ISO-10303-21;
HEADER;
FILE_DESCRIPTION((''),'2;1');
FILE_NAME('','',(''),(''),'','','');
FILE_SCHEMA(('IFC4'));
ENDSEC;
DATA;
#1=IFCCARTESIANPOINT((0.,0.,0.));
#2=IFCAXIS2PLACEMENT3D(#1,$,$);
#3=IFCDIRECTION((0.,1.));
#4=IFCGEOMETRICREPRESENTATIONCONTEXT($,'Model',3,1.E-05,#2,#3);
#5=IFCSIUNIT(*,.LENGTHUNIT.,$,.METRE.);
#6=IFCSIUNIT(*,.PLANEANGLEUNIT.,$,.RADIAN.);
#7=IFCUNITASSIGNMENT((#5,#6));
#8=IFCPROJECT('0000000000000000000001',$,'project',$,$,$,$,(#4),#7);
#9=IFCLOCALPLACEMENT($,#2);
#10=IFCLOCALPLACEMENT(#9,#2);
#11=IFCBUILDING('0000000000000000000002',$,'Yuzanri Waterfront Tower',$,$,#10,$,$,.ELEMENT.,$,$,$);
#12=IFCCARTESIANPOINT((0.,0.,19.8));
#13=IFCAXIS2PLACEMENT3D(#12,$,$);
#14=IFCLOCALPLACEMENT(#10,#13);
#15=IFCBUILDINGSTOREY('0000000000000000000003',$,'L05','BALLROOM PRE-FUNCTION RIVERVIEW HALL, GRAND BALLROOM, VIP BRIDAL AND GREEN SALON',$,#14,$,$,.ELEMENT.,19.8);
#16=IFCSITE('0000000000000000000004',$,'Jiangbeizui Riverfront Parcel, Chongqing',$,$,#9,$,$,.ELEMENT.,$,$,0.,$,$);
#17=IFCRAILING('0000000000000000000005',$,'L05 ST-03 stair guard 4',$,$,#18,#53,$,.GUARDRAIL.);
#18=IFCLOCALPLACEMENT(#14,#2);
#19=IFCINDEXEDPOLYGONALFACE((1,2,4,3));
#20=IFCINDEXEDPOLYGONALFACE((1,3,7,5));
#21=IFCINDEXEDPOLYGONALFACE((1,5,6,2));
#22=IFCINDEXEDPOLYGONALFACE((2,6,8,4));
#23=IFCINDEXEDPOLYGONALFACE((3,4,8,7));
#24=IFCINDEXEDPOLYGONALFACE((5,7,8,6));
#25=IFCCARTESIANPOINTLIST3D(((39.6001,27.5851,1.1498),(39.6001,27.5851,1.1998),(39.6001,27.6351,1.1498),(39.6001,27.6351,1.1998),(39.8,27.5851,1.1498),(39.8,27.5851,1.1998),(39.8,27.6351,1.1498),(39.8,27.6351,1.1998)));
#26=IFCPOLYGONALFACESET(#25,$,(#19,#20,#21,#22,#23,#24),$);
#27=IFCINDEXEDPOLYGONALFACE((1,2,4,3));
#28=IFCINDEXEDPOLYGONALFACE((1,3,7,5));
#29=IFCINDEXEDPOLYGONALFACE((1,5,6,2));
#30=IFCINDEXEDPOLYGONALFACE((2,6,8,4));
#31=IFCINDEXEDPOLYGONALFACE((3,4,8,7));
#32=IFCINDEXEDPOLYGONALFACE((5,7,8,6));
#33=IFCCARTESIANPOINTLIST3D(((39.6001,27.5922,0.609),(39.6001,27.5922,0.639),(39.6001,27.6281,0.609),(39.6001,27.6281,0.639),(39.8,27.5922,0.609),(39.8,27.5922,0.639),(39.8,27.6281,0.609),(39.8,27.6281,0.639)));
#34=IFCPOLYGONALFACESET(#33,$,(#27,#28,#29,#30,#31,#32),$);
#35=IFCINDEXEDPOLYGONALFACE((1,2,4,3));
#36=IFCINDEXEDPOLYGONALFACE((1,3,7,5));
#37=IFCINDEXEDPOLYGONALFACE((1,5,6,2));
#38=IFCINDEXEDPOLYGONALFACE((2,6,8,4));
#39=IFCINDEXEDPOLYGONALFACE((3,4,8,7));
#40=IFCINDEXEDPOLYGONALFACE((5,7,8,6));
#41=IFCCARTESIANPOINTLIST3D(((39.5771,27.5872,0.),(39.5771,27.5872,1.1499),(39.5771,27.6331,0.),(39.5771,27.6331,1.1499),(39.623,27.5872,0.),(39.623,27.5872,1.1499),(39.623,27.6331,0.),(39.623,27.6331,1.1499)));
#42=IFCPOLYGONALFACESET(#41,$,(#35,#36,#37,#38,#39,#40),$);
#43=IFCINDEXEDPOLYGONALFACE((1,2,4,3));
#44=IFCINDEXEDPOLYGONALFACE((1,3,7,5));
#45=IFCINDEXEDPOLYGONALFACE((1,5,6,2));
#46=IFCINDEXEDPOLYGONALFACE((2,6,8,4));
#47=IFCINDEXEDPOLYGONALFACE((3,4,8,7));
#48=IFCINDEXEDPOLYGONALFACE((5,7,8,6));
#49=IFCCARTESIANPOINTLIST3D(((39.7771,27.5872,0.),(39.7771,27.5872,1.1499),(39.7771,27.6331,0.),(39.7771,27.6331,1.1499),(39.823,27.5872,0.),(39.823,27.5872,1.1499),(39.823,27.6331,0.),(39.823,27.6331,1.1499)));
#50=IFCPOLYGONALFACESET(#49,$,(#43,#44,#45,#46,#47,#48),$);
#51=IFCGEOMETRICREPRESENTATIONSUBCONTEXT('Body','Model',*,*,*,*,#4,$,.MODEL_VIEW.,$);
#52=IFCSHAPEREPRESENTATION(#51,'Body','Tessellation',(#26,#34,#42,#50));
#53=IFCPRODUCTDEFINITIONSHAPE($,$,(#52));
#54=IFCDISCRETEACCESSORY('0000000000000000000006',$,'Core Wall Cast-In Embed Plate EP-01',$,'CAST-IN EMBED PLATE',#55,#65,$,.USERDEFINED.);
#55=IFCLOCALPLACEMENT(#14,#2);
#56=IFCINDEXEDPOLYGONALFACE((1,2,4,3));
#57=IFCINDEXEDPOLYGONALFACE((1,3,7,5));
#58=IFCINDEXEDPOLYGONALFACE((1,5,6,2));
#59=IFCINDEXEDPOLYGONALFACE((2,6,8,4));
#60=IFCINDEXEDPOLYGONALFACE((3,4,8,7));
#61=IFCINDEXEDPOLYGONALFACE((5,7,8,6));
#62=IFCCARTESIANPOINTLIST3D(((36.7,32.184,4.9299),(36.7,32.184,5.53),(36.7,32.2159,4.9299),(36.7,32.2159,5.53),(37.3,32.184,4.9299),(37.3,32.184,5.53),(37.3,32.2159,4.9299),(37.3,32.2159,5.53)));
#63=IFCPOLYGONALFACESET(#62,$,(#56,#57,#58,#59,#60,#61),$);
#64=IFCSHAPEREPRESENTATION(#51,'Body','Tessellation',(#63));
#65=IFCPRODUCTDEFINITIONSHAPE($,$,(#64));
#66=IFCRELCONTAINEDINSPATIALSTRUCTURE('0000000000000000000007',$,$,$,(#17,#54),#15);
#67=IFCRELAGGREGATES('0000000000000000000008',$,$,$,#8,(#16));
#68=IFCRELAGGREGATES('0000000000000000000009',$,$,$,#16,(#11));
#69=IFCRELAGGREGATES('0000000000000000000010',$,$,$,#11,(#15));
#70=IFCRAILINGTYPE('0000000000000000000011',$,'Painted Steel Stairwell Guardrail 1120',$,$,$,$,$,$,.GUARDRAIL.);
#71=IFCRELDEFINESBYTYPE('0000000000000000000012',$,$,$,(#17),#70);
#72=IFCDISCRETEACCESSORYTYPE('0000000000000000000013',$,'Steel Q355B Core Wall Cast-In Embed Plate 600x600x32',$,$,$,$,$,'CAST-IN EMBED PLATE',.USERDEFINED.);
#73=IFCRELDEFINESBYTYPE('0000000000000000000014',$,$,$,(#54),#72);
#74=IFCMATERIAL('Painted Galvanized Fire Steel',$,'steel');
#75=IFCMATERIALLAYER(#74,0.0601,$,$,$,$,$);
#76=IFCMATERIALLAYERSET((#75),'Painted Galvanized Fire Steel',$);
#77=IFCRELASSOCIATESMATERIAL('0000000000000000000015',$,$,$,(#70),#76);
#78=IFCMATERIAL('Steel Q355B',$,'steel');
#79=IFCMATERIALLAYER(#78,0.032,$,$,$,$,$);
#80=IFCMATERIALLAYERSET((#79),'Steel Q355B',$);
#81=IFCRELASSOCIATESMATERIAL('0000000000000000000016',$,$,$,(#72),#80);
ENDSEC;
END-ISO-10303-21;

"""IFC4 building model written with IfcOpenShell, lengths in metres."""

from ifc_helpers import new_model, si_unit, direction, frame, origin, origin_2d, place, context, subcontext, project, spatial, rectangle, extrude, source, transform, mapped, material, layer, layer_set, type_object, element, save


model = new_model("IFC4")

# Units and contexts
model_context = context("Model", 3, precision=1e-05, world=origin(), true_north=direction((0.0, 1.0)))
body_context = subcontext(model_context, "Body", "Model", "MODEL_VIEW")
ifc_project = project(units=[si_unit("LENGTHUNIT", "METRE"), si_unit("PLANEANGLEUNIT", "RADIAN")], contexts=[model_context])

# Site, building, storey
site_placement = place(None, origin())
site = spatial("IfcSite", under=ifc_project, at=site_placement, Name="Jiangbeizui Riverfront Parcel, Chongqing", CompositionType="ELEMENT", RefElevation=0.0)
building_placement = place(site_placement, origin())
building = spatial("IfcBuilding", under=site, at=building_placement, Name="Yuzanri Waterfront Tower", CompositionType="ELEMENT")
storey_placement = place(building_placement, frame((0.0, 0.0, 19.8)))
storey = spatial("IfcBuildingStorey", under=building, at=storey_placement, Name="L05", Description="BALLROOM PRE-FUNCTION RIVERVIEW HALL, GRAND BALLROOM, VIP BRIDAL AND GREEN SALON", CompositionType="ELEMENT", Elevation=19.8)

# Railing
ifc_material_1 = material(Name="Painted Galvanized Fire Steel", Category="steel")
ifc_layer_1 = layer(ifc_material_1, 0.0601)
ifc_layer_set_1 = layer_set([ifc_layer_1], Name="Painted Galvanized Fire Steel")
railing_type_1 = type_object("IfcRailingType", Name="Painted Steel Stairwell Guardrail 1120", PredefinedType="GUARDRAIL", material=ifc_layer_set_1)
shared_shape_1 = source(origin(), body_context, "Body", "SweptSolid", [
    extrude(rectangle(XDim=0.05, YDim=0.05, at=origin_2d()), frame((0.0, 0.0, 1.1748), z_axis=(1.0, 0.0, 0.0), x_axis=(0.0, 1.0, 0.0)), (0.0, 0.0, 1.0), 0.2),
    extrude(rectangle(XDim=0.0359, YDim=0.03, at=origin_2d()), frame((0.0, 0.0, 0.624), z_axis=(1.0, 0.0, 0.0), x_axis=(0.0, 1.0, 0.0)), (0.0, 0.0, 1.0), 0.2),
    extrude(rectangle(XDim=0.0459, YDim=0.0459, at=origin_2d()), origin(), (0.0, 0.0, 1.0), 1.1499),
    extrude(rectangle(XDim=0.0459, YDim=0.0459, at=origin_2d()), frame((0.2, 0.0, 0.0)), (0.0, 0.0, 1.0), 1.1499),
])
railing_1_placement = place(storey_placement, frame((39.6001, 27.6101, 0.0)))
element("IfcRailing", 1, at=railing_1_placement, inside=storey, type_object=railing_type_1, Name="L05 ST-03 stair guard 4", PredefinedType="GUARDRAIL", context=body_context, shape_type="MappedRepresentation", body=[
    mapped(shared_shape_1, transform((0.0, 0.0, 0.0), scale=1.0)),
])

# Discrete accessory
ifc_material_2 = material(Name="Steel Q355B", Category="steel")
ifc_layer_2 = layer(ifc_material_2, 0.032)
ifc_layer_set_2 = layer_set([ifc_layer_2], Name="Steel Q355B")
discrete_accessory_type = type_object("IfcDiscreteAccessoryType", Name="Steel Q355B Core Wall Cast-In Embed Plate 600x600x32", ElementType="CAST-IN EMBED PLATE", PredefinedType="USERDEFINED", material=ifc_layer_set_2)
shared_shape_2 = source(origin(), body_context, "Body", "SweptSolid", [
    extrude(rectangle(XDim=0.6001, YDim=0.032, at=origin_2d()), origin(), (0.0, 0.0, 1.0), 0.6001),
])
discrete_accessory_placement = place(storey_placement, frame((37.0, 32.2, 4.9299), z_axis=(0.0, 0.0, 1.0), x_axis=(1.0, 0.0, 0.0)))
element("IfcDiscreteAccessory", 2, at=discrete_accessory_placement, inside=storey, type_object=discrete_accessory_type, Name="Core Wall Cast-In Embed Plate EP-01", ObjectType="CAST-IN EMBED PLATE", PredefinedType="USERDEFINED", context=body_context, shape_type="MappedRepresentation", body=[
    mapped(shared_shape_2, transform((0.0, 0.0, 0.0), scale=1.0)),
])

save(model, "model.ifc")
